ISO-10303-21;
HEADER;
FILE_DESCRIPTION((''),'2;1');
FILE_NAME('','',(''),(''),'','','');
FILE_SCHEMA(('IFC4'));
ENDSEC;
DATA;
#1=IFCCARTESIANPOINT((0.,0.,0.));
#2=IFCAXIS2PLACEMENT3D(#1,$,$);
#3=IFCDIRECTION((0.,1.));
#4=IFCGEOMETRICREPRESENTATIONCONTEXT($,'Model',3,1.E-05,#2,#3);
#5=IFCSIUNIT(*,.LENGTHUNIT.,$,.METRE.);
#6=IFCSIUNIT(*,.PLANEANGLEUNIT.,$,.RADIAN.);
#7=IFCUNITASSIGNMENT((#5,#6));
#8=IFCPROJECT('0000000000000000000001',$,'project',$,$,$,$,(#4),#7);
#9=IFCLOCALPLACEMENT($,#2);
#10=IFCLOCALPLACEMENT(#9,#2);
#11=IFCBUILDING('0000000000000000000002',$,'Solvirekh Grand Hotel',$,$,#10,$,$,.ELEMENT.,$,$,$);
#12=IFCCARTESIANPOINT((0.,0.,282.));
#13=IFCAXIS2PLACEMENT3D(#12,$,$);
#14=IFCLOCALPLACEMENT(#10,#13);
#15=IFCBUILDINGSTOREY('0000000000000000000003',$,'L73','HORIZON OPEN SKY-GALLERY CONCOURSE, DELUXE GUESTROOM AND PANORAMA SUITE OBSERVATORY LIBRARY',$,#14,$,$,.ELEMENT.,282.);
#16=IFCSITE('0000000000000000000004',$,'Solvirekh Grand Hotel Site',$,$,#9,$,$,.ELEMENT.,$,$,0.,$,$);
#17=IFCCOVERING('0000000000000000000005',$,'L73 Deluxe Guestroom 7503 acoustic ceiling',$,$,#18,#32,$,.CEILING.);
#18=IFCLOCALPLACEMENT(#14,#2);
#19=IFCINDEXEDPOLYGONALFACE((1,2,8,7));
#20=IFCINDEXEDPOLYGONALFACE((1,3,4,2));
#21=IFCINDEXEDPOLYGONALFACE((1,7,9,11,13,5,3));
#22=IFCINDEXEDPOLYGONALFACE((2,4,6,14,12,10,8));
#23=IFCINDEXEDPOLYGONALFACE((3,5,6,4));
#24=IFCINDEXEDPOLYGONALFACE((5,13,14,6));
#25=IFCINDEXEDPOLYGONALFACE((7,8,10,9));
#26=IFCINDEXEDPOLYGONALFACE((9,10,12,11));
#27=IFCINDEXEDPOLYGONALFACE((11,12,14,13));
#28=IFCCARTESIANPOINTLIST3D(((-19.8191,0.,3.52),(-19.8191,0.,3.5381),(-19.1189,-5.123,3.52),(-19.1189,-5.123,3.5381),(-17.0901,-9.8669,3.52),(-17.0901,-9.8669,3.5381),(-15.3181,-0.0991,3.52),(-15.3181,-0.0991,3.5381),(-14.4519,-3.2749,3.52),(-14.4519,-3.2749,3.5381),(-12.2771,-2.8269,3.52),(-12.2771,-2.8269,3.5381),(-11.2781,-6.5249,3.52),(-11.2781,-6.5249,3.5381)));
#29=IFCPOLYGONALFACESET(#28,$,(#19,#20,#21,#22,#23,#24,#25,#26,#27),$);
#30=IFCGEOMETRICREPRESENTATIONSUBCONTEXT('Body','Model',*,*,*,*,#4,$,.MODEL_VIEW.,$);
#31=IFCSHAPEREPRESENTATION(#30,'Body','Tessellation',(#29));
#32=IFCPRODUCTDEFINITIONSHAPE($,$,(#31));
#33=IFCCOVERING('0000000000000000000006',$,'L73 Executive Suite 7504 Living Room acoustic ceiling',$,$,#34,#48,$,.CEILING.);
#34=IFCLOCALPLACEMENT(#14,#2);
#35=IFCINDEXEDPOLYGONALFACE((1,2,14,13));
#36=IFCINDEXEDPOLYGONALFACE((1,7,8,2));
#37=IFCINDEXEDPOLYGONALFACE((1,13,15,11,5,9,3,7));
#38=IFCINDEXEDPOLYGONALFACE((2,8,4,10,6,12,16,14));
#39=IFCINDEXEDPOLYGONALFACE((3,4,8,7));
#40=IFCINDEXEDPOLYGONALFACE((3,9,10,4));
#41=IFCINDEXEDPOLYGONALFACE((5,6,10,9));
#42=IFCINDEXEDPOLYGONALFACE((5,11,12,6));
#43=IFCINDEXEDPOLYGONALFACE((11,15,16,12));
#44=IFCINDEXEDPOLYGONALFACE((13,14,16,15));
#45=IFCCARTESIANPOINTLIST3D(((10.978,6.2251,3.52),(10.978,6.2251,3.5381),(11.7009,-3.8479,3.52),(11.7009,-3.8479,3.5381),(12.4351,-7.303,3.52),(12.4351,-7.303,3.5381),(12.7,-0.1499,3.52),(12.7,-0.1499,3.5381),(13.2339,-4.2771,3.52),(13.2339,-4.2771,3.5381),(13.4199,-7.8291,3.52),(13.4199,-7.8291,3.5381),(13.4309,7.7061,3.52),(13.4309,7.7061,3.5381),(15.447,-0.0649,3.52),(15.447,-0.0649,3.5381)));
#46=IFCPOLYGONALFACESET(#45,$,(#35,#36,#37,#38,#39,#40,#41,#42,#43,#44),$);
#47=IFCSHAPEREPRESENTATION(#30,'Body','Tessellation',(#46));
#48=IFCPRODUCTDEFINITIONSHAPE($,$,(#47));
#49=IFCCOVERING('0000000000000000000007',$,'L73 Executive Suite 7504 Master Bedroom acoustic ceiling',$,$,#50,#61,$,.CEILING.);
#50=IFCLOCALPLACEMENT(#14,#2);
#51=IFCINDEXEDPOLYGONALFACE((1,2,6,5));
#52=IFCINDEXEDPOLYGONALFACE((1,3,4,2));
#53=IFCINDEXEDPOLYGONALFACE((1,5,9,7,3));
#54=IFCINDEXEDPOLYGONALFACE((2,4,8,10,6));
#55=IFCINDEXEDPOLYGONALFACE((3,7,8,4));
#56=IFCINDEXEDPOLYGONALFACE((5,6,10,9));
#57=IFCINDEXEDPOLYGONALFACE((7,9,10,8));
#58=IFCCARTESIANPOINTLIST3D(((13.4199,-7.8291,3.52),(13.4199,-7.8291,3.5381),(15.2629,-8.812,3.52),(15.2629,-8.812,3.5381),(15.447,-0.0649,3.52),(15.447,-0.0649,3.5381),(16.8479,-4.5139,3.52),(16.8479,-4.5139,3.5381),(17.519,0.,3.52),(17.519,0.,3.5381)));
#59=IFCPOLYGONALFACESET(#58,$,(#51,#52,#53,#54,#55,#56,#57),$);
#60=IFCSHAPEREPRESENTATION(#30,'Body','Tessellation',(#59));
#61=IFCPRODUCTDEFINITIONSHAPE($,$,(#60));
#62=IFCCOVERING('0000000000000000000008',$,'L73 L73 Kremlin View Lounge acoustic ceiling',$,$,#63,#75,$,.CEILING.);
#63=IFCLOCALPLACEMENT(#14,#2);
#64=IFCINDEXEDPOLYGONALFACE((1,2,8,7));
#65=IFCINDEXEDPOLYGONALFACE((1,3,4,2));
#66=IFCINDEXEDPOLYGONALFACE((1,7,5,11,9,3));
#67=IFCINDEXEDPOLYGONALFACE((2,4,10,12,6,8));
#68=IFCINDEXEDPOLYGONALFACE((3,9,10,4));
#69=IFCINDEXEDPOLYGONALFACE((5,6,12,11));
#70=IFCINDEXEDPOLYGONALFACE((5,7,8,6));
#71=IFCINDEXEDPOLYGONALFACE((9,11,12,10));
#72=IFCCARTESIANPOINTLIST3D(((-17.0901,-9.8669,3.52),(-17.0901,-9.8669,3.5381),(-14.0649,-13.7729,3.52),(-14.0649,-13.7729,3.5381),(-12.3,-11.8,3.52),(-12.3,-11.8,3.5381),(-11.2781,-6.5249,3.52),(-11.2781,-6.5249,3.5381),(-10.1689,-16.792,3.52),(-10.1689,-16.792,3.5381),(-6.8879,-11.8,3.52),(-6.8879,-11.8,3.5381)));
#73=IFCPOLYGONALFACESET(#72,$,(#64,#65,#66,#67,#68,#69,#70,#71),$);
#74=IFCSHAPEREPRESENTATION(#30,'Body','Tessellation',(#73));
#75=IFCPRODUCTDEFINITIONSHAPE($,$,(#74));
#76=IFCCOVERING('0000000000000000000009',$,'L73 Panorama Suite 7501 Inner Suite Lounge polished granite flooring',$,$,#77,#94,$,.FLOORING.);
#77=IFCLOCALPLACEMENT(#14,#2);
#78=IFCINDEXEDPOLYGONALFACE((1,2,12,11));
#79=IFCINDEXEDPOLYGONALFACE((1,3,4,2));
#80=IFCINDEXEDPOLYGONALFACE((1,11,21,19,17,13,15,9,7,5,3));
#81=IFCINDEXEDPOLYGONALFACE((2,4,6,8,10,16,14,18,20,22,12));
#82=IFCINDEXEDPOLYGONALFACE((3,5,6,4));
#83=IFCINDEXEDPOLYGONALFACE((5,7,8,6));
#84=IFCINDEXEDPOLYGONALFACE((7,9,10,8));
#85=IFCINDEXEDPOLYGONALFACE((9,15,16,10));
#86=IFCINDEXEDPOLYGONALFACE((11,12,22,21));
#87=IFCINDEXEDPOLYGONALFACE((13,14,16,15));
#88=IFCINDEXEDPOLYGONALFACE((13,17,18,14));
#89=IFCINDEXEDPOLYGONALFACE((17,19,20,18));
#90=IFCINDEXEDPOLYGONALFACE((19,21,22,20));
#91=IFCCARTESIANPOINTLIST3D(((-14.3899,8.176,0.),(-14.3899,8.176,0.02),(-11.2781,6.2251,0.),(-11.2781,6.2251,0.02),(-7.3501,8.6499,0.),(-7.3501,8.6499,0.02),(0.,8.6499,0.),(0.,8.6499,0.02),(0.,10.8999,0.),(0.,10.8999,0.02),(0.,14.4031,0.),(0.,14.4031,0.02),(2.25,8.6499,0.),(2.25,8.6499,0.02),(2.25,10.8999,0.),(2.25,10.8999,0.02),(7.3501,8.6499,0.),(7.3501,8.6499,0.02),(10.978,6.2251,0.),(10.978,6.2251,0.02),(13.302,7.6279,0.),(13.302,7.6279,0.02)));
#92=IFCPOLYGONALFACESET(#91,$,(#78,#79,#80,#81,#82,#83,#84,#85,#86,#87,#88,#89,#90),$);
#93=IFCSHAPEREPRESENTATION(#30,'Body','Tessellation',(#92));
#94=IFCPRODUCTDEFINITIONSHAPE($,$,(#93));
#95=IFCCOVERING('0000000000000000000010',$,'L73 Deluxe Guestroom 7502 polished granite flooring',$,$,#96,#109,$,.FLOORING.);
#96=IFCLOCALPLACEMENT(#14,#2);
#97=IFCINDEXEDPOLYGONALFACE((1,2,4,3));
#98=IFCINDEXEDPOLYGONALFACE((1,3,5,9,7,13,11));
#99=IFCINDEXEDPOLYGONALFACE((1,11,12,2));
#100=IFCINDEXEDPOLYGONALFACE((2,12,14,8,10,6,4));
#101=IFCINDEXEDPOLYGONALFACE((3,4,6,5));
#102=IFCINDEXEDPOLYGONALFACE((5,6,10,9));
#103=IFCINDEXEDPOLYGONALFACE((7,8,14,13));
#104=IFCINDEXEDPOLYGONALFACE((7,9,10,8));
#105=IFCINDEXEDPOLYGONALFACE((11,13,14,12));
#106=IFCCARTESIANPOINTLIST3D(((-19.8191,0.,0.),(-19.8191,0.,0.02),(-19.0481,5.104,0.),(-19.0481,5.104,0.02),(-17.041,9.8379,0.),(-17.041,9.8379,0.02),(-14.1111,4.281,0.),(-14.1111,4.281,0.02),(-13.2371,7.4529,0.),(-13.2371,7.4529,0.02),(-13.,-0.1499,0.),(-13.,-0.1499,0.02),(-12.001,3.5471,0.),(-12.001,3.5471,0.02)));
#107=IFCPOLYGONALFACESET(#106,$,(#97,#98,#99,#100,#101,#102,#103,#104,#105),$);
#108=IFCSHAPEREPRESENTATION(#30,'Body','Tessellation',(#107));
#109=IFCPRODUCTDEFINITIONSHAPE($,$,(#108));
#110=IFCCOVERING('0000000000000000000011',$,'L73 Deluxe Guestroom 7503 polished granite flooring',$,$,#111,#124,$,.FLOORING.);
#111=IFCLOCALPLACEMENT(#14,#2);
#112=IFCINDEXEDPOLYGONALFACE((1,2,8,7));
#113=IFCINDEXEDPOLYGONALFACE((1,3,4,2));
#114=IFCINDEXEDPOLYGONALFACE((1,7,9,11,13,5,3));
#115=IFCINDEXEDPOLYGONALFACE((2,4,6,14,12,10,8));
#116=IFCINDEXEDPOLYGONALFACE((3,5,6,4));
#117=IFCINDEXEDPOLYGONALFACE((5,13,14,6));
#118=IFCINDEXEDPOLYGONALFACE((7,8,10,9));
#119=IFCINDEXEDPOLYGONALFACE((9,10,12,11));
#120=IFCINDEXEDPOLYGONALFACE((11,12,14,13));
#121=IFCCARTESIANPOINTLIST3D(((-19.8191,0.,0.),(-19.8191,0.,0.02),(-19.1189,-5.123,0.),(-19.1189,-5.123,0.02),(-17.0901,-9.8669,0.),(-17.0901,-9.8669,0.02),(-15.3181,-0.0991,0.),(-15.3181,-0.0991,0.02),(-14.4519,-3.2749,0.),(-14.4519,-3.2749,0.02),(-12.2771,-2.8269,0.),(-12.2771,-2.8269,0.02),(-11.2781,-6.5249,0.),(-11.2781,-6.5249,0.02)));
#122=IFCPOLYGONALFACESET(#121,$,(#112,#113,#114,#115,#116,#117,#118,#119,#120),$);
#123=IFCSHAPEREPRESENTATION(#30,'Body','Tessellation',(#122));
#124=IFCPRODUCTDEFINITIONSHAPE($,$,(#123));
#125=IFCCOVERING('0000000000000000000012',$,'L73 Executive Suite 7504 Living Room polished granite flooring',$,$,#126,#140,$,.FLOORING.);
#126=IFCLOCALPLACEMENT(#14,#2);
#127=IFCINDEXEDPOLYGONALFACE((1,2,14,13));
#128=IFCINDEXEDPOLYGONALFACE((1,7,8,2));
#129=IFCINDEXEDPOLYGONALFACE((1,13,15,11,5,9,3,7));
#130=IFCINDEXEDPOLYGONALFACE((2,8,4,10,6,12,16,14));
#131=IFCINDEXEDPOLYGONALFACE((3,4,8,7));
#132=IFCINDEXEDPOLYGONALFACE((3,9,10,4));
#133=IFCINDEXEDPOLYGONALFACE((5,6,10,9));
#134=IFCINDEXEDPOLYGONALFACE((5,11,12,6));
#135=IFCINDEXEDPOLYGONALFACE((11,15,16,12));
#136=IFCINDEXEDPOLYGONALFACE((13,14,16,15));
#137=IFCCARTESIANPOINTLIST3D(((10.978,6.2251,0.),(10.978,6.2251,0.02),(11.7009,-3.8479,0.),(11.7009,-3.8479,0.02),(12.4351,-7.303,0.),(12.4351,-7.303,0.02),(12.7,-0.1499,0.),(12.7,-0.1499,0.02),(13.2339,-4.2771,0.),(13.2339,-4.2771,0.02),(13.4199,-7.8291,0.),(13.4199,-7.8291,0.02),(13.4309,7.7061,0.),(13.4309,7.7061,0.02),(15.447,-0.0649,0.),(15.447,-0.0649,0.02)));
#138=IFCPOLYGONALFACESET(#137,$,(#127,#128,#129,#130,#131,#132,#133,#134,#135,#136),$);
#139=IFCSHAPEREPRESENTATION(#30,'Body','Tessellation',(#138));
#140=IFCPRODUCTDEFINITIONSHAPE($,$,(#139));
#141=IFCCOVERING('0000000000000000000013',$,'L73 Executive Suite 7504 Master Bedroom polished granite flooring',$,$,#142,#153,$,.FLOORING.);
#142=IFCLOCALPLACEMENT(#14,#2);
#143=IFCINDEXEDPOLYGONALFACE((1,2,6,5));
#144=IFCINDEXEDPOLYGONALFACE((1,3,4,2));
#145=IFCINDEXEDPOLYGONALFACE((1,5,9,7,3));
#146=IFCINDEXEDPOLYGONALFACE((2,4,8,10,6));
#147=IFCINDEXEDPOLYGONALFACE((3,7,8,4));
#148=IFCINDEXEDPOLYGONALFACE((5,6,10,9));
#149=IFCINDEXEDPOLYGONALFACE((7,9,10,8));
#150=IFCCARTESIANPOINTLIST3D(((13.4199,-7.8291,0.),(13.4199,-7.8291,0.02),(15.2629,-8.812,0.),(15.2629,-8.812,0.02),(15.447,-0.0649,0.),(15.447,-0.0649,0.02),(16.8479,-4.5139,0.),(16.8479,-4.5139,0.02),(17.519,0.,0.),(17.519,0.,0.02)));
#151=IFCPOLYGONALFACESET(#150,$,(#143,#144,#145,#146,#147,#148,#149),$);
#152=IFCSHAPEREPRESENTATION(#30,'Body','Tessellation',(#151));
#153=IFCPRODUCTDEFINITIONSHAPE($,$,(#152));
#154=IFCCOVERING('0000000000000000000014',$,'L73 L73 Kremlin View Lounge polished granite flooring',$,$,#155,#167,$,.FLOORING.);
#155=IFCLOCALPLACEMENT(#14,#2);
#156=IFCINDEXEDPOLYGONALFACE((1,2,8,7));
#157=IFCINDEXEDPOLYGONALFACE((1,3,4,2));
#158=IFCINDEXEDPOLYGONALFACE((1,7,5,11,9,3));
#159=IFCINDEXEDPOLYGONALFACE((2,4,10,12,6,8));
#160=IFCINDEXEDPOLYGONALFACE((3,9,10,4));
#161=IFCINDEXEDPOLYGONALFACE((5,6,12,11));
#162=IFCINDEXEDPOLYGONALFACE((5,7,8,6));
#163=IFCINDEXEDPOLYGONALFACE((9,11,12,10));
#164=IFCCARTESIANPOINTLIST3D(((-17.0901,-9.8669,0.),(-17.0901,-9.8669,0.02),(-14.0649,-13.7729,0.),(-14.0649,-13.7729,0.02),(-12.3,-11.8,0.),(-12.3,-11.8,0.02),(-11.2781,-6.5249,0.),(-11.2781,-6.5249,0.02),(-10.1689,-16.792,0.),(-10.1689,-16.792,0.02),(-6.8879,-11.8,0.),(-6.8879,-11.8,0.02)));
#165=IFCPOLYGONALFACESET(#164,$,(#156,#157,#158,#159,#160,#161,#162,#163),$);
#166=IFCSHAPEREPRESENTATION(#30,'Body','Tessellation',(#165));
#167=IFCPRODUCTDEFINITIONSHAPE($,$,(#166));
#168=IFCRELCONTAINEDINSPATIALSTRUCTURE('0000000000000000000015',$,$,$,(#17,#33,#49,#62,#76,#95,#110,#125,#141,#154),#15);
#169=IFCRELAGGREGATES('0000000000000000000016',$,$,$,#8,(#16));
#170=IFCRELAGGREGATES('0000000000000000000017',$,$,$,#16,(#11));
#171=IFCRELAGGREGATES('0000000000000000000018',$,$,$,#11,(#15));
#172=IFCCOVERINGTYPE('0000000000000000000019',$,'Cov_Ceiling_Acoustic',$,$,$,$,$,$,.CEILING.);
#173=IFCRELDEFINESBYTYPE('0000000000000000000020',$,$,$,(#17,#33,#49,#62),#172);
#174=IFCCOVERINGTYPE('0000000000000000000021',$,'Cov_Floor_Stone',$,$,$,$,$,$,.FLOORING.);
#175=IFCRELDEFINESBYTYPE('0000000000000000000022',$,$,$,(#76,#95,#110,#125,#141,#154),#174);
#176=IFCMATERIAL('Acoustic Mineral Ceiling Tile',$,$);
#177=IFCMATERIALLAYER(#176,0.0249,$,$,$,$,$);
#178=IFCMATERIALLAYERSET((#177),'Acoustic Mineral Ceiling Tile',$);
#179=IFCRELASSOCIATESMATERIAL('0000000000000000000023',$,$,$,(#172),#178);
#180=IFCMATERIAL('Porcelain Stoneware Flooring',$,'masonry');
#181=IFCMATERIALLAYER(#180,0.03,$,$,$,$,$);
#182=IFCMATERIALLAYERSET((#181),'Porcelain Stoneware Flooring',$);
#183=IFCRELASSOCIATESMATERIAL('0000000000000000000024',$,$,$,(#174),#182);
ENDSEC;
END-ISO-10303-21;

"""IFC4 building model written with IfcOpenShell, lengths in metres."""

from ifc_helpers import new_model, si_unit, direction, frame, origin, place, context, subcontext, project, spatial, polyline, outline, extrude, material, layer, layer_set, type_object, element, save


model = new_model("IFC4")

# Units and contexts
model_context = context("Model", 3, precision=1e-05, world=origin(), true_north=direction((0.0, 1.0)))
body_context = subcontext(model_context, "Body", "Model", "MODEL_VIEW")
ifc_project = project(units=[si_unit("LENGTHUNIT", "METRE"), si_unit("PLANEANGLEUNIT", "RADIAN")], contexts=[model_context])

# Site, building, storey
site_placement = place(None, origin())
site = spatial("IfcSite", under=ifc_project, at=site_placement, Name="Solvirekh Grand Hotel Site", CompositionType="ELEMENT", RefElevation=0.0)
building_placement = place(site_placement, origin())
building = spatial("IfcBuilding", under=site, at=building_placement, Name="Solvirekh Grand Hotel", CompositionType="ELEMENT")
storey_placement = place(building_placement, frame((0.0, 0.0, 282.0)))
storey = spatial("IfcBuildingStorey", under=building, at=storey_placement, Name="L73", Description="HORIZON OPEN SKY-GALLERY CONCOURSE, DELUXE GUESTROOM AND PANORAMA SUITE OBSERVATORY LIBRARY", CompositionType="ELEMENT", Elevation=282.0)

# Coverings
ifc_material_1 = material(Name="Acoustic Mineral Ceiling Tile")
ifc_layer_1 = layer(ifc_material_1, 0.0249)
ifc_layer_set_1 = layer_set([ifc_layer_1], Name="Acoustic Mineral Ceiling Tile")
covering_type_1 = type_object("IfcCoveringType", Name="Cov_Ceiling_Acoustic", PredefinedType="CEILING", material=ifc_layer_set_1)
covering_1_placement = place(storey_placement, frame((0.0, 0.0, 3.52)))
element("IfcCovering", 1, at=covering_1_placement, inside=storey, type_object=covering_type_1, Name="L73 Deluxe Guestroom 7503 acoustic ceiling", PredefinedType="CEILING", context=body_context, shape_type="SweptSolid", body=[
    extrude(outline(polyline([(-14.4519, -3.2749), (-15.3181, -0.0991), (-19.8191, 0.0), (-19.1189, -5.123), (-17.0901, -9.8669), (-11.2781, -6.5249), (-12.2771, -2.8269), (-14.4519, -3.2749)])), origin(), (0.0, 0.0, 1.0), 0.0181),
])
covering_2_placement = place(storey_placement, frame((0.0, 0.0, 3.52)))
element("IfcCovering", 2, at=covering_2_placement, inside=storey, type_object=covering_type_1, Name="L73 Executive Suite 7504 Living Room acoustic ceiling", PredefinedType="CEILING", context=body_context, shape_type="SweptSolid", body=[
    extrude(outline(polyline([(13.2339, -4.2771), (12.4351, -7.303), (13.4199, -7.8291), (15.447, -0.0649), (13.4309, 7.7061), (10.978, 6.2251), (12.7, -0.1499), (11.7009, -3.8479), (13.2339, -4.2771)])), origin(), (0.0, 0.0, 1.0), 0.0181),
])
covering_3_placement = place(storey_placement, frame((0.0, 0.0, 3.52)))
element("IfcCovering", 3, at=covering_3_placement, inside=storey, type_object=covering_type_1, Name="L73 Executive Suite 7504 Master Bedroom acoustic ceiling", PredefinedType="CEILING", context=body_context, shape_type="SweptSolid", body=[
    extrude(outline(polyline([(15.2629, -8.812), (16.8479, -4.5139), (17.519, 0.0), (15.447, -0.0649), (13.4199, -7.8291), (15.2629, -8.812)])), origin(), (0.0, 0.0, 1.0), 0.0181),
])
covering_4_placement = place(storey_placement, frame((0.0, 0.0, 3.52)))
element("IfcCovering", 4, at=covering_4_placement, inside=storey, type_object=covering_type_1, Name="L73 L73 Kremlin View Lounge acoustic ceiling", PredefinedType="CEILING", context=body_context, shape_type="SweptSolid", body=[
    extrude(outline(polyline([(-17.0901, -9.8669), (-14.0649, -13.7729), (-10.1689, -16.792), (-6.8879, -11.8), (-12.3, -11.8), (-11.2781, -6.5249), (-17.0901, -9.8669)])), origin(), (0.0, 0.0, 1.0), 0.0181),
])
ifc_material_2 = material(Name="Porcelain Stoneware Flooring", Category="masonry")
ifc_layer_2 = layer(ifc_material_2, 0.03)
ifc_layer_set_2 = layer_set([ifc_layer_2], Name="Porcelain Stoneware Flooring")
covering_type_2 = type_object("IfcCoveringType", Name="Cov_Floor_Stone", PredefinedType="FLOORING", material=ifc_layer_set_2)
covering_5_placement = place(storey_placement, origin())
element("IfcCovering", 5, at=covering_5_placement, inside=storey, type_object=covering_type_2, Name="L73 Panorama Suite 7501 Inner Suite Lounge polished granite flooring", PredefinedType="FLOORING", context=body_context, shape_type="SweptSolid", body=[
    extrude(outline(polyline([(0.0, 8.6499), (0.0, 10.8999), (2.25, 10.8999), (2.25, 8.6499), (7.3501, 8.6499), (10.978, 6.2251), (13.302, 7.6279), (0.0, 14.4031), (-14.3899, 8.176), (-11.2781, 6.2251), (-7.3501, 8.6499), (0.0, 8.6499)])), origin(), (0.0, 0.0, 1.0), 0.02),
])
covering_6_placement = place(storey_placement, origin())
element("IfcCovering", 6, at=covering_6_placement, inside=storey, type_object=covering_type_2, Name="L73 Deluxe Guestroom 7502 polished granite flooring", PredefinedType="FLOORING", context=body_context, shape_type="SweptSolid", body=[
    extrude(outline(polyline([(-14.1111, 4.281), (-13.2371, 7.4529), (-17.041, 9.8379), (-19.0481, 5.104), (-19.8191, 0.0), (-13.0, -0.1499), (-12.001, 3.5471), (-14.1111, 4.281)])), origin(), (0.0, 0.0, 1.0), 0.02),
])
covering_7_placement = place(storey_placement, origin())
element("IfcCovering", 7, at=covering_7_placement, inside=storey, type_object=covering_type_2, Name="L73 Deluxe Guestroom 7503 polished granite flooring", PredefinedType="FLOORING", context=body_context, shape_type="SweptSolid", body=[
    extrude(outline(polyline([(-14.4519, -3.2749), (-15.3181, -0.0991), (-19.8191, 0.0), (-19.1189, -5.123), (-17.0901, -9.8669), (-11.2781, -6.5249), (-12.2771, -2.8269), (-14.4519, -3.2749)])), origin(), (0.0, 0.0, 1.0), 0.02),
])
covering_8_placement = place(storey_placement, origin())
element("IfcCovering", 8, at=covering_8_placement, inside=storey, type_object=covering_type_2, Name="L73 Executive Suite 7504 Living Room polished granite flooring", PredefinedType="FLOORING", context=body_context, shape_type="SweptSolid", body=[
    extrude(outline(polyline([(13.2339, -4.2771), (12.4351, -7.303), (13.4199, -7.8291), (15.447, -0.0649), (13.4309, 7.7061), (10.978, 6.2251), (12.7, -0.1499), (11.7009, -3.8479), (13.2339, -4.2771)])), origin(), (0.0, 0.0, 1.0), 0.02),
])
covering_9_placement = place(storey_placement, origin())
element("IfcCovering", 9, at=covering_9_placement, inside=storey, type_object=covering_type_2, Name="L73 Executive Suite 7504 Master Bedroom polished granite flooring", PredefinedType="FLOORING", context=body_context, shape_type="SweptSolid", body=[
    extrude(outline(polyline([(15.2629, -8.812), (16.8479, -4.5139), (17.519, 0.0), (15.447, -0.0649), (13.4199, -7.8291), (15.2629, -8.812)])), origin(), (0.0, 0.0, 1.0), 0.02),
])
covering_10_placement = place(storey_placement, origin())
element("IfcCovering", 10, at=covering_10_placement, inside=storey, type_object=covering_type_2, Name="L73 L73 Kremlin View Lounge polished granite flooring", PredefinedType="FLOORING", context=body_context, shape_type="SweptSolid", body=[
    extrude(outline(polyline([(-17.0901, -9.8669), (-14.0649, -13.7729), (-10.1689, -16.792), (-6.8879, -11.8), (-12.3, -11.8), (-11.2781, -6.5249), (-17.0901, -9.8669)])), origin(), (0.0, 0.0, 1.0), 0.02),
])

save(model, "model.ifc")
